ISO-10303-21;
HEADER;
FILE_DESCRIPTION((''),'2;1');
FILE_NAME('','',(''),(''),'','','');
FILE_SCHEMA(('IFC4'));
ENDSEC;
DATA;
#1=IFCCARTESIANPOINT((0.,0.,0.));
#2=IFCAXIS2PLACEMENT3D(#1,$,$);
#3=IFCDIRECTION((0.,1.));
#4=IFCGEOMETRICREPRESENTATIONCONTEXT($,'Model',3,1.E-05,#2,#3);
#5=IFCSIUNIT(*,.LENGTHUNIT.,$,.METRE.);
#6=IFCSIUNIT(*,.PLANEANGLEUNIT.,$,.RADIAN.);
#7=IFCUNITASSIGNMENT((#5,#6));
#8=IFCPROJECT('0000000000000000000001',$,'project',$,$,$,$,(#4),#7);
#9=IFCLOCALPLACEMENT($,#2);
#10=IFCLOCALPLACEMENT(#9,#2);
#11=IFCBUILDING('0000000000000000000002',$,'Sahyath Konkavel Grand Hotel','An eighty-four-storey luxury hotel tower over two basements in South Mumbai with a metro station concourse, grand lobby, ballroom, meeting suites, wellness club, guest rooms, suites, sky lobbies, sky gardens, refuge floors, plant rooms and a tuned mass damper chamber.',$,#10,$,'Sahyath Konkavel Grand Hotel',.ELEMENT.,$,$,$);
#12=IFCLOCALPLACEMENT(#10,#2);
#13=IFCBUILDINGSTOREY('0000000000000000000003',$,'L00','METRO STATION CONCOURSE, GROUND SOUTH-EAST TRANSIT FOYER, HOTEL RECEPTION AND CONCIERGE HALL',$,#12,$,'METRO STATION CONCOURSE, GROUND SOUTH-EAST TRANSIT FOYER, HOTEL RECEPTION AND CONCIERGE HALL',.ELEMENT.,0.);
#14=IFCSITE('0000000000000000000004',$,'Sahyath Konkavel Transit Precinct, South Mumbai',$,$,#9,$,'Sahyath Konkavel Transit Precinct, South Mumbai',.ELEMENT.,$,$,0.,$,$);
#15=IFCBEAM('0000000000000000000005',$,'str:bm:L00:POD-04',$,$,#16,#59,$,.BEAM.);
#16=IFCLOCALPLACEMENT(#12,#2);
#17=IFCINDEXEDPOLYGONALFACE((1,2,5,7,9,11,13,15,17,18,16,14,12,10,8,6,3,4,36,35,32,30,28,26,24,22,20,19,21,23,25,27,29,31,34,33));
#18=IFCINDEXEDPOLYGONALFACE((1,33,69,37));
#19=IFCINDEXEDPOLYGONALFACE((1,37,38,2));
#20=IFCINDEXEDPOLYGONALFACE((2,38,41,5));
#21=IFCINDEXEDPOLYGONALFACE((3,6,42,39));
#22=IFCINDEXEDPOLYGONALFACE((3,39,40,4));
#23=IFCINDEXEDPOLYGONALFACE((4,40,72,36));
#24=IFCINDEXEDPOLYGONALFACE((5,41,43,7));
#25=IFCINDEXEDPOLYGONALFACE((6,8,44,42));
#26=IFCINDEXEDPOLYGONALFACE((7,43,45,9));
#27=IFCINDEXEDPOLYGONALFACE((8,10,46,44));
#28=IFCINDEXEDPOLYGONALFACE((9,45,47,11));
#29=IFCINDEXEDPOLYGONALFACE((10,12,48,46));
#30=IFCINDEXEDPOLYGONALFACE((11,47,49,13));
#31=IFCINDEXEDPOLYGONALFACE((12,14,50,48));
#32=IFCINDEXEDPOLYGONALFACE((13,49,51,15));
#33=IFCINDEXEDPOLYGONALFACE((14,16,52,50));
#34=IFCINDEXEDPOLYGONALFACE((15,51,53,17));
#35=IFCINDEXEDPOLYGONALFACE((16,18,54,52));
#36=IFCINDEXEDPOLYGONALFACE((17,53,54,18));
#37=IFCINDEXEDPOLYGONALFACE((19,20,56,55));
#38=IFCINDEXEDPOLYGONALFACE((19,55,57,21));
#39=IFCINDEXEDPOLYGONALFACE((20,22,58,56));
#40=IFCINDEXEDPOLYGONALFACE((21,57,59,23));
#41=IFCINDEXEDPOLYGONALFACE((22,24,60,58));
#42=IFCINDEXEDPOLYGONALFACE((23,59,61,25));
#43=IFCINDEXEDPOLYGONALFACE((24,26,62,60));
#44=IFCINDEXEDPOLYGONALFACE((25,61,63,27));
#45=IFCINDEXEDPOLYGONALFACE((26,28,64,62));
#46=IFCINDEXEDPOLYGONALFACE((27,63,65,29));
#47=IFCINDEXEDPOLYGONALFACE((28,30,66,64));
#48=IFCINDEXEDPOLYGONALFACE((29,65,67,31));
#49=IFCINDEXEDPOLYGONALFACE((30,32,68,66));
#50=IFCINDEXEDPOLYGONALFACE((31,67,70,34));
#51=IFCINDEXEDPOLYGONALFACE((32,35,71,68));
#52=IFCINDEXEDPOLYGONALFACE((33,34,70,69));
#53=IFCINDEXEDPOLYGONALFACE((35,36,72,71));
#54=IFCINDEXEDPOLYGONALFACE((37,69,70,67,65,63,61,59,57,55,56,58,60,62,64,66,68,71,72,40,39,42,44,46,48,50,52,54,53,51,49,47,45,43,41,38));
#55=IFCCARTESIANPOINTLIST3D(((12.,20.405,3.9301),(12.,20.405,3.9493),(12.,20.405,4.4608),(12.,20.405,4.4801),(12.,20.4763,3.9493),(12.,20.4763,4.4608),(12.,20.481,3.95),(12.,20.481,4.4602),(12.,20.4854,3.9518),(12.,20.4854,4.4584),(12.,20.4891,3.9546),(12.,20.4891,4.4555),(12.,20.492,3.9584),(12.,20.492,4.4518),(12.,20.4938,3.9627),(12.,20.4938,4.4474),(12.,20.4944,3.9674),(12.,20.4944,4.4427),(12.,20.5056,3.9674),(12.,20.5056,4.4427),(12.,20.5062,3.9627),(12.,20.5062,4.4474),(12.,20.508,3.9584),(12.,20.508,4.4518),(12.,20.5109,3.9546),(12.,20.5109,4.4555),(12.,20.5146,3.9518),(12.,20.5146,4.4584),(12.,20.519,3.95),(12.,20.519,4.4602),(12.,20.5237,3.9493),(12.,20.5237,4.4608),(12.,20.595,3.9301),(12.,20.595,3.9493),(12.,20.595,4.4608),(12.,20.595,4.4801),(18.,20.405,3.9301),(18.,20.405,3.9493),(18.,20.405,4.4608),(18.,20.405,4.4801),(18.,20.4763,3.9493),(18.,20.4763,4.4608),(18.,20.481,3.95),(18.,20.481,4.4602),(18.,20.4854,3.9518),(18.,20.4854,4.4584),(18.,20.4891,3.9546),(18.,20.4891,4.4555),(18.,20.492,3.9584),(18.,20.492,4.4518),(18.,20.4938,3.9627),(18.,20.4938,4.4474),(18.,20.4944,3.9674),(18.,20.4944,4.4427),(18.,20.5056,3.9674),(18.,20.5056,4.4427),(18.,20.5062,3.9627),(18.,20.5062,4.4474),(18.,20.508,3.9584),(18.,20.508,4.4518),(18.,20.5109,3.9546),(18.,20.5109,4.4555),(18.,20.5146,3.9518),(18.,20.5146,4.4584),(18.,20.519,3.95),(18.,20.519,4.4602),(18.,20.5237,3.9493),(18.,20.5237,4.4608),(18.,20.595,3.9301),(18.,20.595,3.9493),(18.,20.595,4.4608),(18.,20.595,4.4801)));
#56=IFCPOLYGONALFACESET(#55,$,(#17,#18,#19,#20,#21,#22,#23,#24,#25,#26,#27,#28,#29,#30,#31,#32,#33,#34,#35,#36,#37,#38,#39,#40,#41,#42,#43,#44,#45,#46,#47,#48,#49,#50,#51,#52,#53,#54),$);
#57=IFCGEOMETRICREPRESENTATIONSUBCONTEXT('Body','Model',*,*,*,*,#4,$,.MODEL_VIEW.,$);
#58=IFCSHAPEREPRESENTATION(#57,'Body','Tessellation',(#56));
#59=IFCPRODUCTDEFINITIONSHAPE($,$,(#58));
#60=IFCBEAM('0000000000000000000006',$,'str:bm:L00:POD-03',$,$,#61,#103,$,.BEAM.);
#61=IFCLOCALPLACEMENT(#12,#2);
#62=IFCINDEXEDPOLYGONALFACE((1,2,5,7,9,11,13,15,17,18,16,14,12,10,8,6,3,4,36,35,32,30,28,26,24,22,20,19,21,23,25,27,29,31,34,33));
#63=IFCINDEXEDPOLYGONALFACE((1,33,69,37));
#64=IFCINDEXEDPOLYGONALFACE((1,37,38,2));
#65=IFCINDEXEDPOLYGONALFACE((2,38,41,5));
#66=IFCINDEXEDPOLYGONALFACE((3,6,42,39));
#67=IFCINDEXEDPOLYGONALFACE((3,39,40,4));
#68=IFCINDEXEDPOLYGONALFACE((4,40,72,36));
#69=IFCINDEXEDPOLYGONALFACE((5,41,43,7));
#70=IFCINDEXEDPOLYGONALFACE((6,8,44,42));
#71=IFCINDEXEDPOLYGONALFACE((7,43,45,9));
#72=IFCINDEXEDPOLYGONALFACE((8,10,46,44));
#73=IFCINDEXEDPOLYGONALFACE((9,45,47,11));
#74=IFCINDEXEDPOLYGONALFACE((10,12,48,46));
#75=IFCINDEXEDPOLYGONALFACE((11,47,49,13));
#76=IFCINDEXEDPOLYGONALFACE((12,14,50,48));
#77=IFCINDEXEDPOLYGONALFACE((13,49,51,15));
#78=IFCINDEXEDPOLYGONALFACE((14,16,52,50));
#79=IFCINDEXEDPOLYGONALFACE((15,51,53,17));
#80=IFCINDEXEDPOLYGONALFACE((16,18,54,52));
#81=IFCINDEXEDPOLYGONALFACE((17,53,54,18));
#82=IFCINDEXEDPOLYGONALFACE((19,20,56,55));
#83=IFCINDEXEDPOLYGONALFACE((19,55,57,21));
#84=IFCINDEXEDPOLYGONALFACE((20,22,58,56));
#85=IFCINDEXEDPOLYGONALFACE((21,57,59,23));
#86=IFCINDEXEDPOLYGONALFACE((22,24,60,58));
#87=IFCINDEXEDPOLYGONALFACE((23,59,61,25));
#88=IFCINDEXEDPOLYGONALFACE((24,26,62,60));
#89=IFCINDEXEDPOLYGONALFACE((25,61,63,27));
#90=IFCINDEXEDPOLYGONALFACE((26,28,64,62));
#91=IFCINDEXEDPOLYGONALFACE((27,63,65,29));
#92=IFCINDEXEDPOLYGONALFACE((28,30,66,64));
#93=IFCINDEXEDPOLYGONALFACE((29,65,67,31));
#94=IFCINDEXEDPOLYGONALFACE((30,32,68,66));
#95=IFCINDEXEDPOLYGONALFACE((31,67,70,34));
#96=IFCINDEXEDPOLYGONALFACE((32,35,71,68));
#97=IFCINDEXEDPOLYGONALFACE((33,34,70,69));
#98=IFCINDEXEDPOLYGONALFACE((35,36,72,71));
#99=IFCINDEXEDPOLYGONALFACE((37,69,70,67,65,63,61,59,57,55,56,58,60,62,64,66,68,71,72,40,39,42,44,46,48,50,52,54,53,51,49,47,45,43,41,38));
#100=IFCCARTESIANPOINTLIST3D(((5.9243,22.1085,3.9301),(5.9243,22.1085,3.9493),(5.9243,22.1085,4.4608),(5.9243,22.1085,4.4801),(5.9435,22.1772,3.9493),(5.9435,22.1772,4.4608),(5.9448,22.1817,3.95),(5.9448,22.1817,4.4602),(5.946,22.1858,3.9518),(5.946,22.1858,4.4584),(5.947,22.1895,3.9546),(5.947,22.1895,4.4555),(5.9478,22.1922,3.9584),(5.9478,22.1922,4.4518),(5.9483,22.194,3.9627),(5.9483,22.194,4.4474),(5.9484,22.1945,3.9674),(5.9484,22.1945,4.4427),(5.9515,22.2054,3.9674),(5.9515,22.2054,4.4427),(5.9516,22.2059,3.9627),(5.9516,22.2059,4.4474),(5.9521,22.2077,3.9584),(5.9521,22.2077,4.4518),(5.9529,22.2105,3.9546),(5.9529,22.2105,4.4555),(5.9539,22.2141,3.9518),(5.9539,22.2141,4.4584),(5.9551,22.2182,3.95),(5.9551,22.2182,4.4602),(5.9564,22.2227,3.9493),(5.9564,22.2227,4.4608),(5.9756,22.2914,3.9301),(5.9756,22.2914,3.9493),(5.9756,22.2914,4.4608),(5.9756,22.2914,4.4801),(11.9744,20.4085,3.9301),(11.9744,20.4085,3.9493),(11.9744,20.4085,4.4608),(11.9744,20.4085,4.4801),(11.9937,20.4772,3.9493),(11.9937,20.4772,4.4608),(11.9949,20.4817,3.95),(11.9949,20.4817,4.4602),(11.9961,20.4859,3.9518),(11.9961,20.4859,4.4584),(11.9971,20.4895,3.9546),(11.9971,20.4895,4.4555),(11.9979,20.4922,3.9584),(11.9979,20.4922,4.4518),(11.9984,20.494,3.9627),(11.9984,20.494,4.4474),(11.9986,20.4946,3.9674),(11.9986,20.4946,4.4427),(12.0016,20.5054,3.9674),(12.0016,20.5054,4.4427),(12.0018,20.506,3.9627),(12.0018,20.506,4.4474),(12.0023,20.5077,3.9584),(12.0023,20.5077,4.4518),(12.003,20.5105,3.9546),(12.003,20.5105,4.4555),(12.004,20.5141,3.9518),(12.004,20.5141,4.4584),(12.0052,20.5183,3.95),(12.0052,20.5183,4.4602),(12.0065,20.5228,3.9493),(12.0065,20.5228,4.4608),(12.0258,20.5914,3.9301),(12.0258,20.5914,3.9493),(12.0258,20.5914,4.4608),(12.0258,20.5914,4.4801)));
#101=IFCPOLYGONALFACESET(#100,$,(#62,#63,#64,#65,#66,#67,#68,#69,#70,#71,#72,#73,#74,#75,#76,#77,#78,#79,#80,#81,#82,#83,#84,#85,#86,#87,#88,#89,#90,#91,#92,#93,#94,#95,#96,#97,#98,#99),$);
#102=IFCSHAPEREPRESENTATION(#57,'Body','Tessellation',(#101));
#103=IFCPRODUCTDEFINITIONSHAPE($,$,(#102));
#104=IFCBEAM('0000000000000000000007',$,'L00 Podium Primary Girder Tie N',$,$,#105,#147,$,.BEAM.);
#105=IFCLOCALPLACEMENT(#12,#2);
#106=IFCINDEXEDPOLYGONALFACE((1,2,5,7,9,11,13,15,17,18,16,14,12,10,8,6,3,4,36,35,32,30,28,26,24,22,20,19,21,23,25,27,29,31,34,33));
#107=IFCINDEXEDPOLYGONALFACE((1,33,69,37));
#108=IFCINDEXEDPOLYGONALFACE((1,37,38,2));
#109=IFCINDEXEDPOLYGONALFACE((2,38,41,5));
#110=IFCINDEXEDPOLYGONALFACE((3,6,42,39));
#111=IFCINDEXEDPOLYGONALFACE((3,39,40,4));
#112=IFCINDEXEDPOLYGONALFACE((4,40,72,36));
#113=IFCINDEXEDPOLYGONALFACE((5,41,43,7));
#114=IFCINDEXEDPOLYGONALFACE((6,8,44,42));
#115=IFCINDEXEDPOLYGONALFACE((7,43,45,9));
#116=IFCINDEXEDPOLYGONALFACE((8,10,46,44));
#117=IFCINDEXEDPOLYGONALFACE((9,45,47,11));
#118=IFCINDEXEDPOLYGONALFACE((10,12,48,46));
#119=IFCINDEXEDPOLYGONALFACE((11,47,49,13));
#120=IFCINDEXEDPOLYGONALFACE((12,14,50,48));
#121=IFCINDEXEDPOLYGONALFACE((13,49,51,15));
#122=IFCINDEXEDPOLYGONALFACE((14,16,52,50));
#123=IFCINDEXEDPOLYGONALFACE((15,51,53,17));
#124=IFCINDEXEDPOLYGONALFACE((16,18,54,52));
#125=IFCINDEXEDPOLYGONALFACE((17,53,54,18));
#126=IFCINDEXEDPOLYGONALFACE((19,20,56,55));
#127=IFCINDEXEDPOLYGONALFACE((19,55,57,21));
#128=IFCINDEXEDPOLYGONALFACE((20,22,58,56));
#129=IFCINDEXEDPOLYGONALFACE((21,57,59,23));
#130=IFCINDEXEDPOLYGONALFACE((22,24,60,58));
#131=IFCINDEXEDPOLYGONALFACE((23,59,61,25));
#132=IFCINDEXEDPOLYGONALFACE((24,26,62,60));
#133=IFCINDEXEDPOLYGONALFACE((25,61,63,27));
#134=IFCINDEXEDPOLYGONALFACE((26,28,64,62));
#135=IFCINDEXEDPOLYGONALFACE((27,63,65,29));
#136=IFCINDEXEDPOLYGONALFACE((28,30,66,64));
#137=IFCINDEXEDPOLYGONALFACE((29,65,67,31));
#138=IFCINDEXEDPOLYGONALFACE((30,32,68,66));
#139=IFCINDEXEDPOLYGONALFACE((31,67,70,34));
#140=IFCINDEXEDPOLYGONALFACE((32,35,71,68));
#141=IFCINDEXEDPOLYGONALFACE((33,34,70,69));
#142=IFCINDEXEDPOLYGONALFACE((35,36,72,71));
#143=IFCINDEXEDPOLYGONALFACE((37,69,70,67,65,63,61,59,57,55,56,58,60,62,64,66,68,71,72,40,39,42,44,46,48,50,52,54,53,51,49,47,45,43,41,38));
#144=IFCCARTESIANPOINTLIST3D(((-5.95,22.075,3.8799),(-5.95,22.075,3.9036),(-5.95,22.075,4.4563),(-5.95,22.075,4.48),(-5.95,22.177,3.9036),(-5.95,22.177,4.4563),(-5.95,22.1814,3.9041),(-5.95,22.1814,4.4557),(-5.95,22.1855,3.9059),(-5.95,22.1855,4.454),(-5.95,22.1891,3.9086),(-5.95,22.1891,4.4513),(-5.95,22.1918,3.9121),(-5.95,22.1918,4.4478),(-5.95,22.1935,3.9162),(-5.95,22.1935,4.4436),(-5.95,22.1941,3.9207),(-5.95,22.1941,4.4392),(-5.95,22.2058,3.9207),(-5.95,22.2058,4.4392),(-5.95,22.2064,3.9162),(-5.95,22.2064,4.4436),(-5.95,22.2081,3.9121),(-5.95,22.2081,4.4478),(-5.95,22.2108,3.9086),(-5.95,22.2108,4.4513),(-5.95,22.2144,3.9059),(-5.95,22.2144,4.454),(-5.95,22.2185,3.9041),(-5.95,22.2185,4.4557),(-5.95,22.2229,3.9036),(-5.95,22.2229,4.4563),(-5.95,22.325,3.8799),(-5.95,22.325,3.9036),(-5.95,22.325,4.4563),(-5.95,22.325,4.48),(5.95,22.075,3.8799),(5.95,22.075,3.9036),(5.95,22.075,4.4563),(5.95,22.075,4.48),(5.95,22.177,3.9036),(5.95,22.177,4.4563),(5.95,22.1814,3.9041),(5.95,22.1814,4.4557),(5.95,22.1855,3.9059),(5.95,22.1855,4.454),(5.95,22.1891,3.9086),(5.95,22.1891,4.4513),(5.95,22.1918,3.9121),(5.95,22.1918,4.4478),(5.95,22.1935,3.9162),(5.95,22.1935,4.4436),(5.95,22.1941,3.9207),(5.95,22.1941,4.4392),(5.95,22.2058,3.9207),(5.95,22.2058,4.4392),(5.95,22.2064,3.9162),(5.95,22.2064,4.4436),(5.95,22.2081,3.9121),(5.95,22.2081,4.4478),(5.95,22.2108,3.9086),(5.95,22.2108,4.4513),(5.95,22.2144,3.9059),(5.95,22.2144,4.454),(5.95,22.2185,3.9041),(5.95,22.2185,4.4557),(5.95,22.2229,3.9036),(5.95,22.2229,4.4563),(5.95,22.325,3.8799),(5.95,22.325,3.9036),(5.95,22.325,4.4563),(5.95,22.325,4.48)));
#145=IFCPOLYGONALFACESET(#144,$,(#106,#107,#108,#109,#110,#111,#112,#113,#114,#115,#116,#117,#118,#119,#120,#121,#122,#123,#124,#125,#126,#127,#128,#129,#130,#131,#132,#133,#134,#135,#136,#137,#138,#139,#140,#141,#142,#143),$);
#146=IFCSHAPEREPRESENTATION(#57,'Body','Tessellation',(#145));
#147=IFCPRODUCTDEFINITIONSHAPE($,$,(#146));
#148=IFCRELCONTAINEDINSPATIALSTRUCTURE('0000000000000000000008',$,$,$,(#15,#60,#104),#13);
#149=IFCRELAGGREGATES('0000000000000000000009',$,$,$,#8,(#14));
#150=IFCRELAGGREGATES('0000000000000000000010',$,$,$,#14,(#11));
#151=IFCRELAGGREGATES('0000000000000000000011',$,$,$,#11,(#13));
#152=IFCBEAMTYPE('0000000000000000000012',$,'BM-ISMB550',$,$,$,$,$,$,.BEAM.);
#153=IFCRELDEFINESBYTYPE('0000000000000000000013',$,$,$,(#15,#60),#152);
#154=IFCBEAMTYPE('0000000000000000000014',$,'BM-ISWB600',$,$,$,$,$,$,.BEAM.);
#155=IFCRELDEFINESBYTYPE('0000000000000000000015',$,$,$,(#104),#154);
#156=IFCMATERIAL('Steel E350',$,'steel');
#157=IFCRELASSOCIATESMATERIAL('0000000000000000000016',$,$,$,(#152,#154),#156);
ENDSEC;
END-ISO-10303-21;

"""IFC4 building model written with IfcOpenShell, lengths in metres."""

from ifc_helpers import new_model, si_unit, direction, frame, origin, origin_2d, place, context, subcontext, project, spatial, i_section, extrude, source, transform, mapped, material, material_profile, profile_set, type_object, element, save


model = new_model("IFC4")

# Units and contexts
model_context = context("Model", 3, precision=1e-05, world=origin(), true_north=direction((0.0, 1.0)))
body_context = subcontext(model_context, "Body", "Model", "MODEL_VIEW")
ifc_project = project(units=[si_unit("LENGTHUNIT", "METRE"), si_unit("PLANEANGLEUNIT", "RADIAN")], contexts=[model_context])

# Site, building, storey
site_placement = place(None, origin())
site = spatial("IfcSite", under=ifc_project, at=site_placement, Name="Sahyath Konkavel Transit Precinct, South Mumbai", LongName="Sahyath Konkavel Transit Precinct, South Mumbai", CompositionType="ELEMENT", RefElevation=0.0)
building_placement = place(site_placement, origin())
building = spatial("IfcBuilding", under=site, at=building_placement, Name="Sahyath Konkavel Grand Hotel", Description="An eighty-four-storey luxury hotel tower over two basements in South Mumbai with a metro station concourse, grand lobby, ballroom, meeting suites, wellness club, guest rooms, suites, sky lobbies, sky gardens, refuge floors, plant rooms and a tuned mass damper chamber.", LongName="Sahyath Konkavel Grand Hotel", CompositionType="ELEMENT")
storey_placement = place(building_placement, origin())
storey = spatial("IfcBuildingStorey", under=building, at=storey_placement, Name="L00", Description="METRO STATION CONCOURSE, GROUND SOUTH-EAST TRANSIT FOYER, HOTEL RECEPTION AND CONCIERGE HALL", LongName="METRO STATION CONCOURSE, GROUND SOUTH-EAST TRANSIT FOYER, HOTEL RECEPTION AND CONCIERGE HALL", CompositionType="ELEMENT", Elevation=0.0)

# Shared definitions
ifc_material_1 = material(Name="Steel E350", Category="steel")

# Beams
ifc_material_profile_1 = material_profile(ifc_material_1, i_section(OverallWidth=0.1899, OverallDepth=0.55, WebThickness=0.0112, FlangeThickness=0.0193, FilletRadius=0.0181, at=origin_2d()), Name="ISMB 550")
ifc_profile_set_1 = profile_set([ifc_material_profile_1], Name="Steel E350")
beam_type_1 = type_object("IfcBeamType", Name="BM-ISMB550", PredefinedType="BEAM", material=ifc_profile_set_1)
shared_shape_1 = source(origin(), body_context, "Body", "SweptSolid", [
    extrude(i_section(OverallWidth=0.1899, OverallDepth=0.55, WebThickness=0.0112, FlangeThickness=0.0193, FilletRadius=0.0181, at=origin_2d()), origin(), (0.0, 0.0, 1.0), 6.0),
])
beam_1_placement = place(storey_placement, frame((12.0, 20.5, 4.2051), z_axis=(1.0, 0.0, 0.0), x_axis=(0.0, 1.0, 0.0)))
element("IfcBeam", 1, at=beam_1_placement, inside=storey, type_object=beam_type_1, Name="str:bm:L00:POD-04", PredefinedType="BEAM", context=body_context, shape_type="MappedRepresentation", body=[
    mapped(shared_shape_1, transform((0.0, 0.0, 0.0), scale=1.0)),
])
shared_shape_2 = source(origin(), body_context, "Body", "SweptSolid", [
    extrude(i_section(OverallWidth=0.1899, OverallDepth=0.55, WebThickness=0.0112, FlangeThickness=0.0193, FilletRadius=0.0181, at=origin_2d()), origin(), (0.0, 0.0, 1.0), 6.2844),
])
beam_2_placement = place(storey_placement, frame((5.95, 22.2, 4.2051), z_axis=(0.962718, -0.270506, 0.0), x_axis=(0.270506, 0.962718, 0.0)))
element("IfcBeam", 2, at=beam_2_placement, inside=storey, type_object=beam_type_1, Name="str:bm:L00:POD-03", PredefinedType="BEAM", context=body_context, shape_type="MappedRepresentation", body=[
    mapped(shared_shape_2, transform((0.0, 0.0, 0.0), scale=1.0)),
])
ifc_material_profile_2 = material_profile(ifc_material_1, i_section(OverallWidth=0.25, OverallDepth=0.6001, WebThickness=0.0117, FlangeThickness=0.0237, FilletRadius=0.0171, at=origin_2d()), Name="ISWB 600")
ifc_profile_set_2 = profile_set([ifc_material_profile_2], Name="Steel E350")
beam_type_2 = type_object("IfcBeamType", Name="BM-ISWB600", PredefinedType="BEAM", material=ifc_profile_set_2)
shared_shape_3 = source(origin(), body_context, "Body", "SweptSolid", [
    extrude(i_section(OverallWidth=0.25, OverallDepth=0.6001, WebThickness=0.0117, FlangeThickness=0.0237, FilletRadius=0.0171, at=origin_2d()), origin(), (0.0, 0.0, 1.0), 11.8999),
])
beam_3_placement = place(storey_placement, frame((5.95, 22.2, 4.1799), z_axis=(-1.0, 0.0, 0.0), x_axis=(0.0, -1.0, 0.0)))
element("IfcBeam", 3, at=beam_3_placement, inside=storey, type_object=beam_type_2, Name="L00 Podium Primary Girder Tie N", PredefinedType="BEAM", context=body_context, shape_type="MappedRepresentation", body=[
    mapped(shared_shape_3, transform((0.0, 0.0, 0.0), scale=1.0)),
])

save(model, "model.ifc")
